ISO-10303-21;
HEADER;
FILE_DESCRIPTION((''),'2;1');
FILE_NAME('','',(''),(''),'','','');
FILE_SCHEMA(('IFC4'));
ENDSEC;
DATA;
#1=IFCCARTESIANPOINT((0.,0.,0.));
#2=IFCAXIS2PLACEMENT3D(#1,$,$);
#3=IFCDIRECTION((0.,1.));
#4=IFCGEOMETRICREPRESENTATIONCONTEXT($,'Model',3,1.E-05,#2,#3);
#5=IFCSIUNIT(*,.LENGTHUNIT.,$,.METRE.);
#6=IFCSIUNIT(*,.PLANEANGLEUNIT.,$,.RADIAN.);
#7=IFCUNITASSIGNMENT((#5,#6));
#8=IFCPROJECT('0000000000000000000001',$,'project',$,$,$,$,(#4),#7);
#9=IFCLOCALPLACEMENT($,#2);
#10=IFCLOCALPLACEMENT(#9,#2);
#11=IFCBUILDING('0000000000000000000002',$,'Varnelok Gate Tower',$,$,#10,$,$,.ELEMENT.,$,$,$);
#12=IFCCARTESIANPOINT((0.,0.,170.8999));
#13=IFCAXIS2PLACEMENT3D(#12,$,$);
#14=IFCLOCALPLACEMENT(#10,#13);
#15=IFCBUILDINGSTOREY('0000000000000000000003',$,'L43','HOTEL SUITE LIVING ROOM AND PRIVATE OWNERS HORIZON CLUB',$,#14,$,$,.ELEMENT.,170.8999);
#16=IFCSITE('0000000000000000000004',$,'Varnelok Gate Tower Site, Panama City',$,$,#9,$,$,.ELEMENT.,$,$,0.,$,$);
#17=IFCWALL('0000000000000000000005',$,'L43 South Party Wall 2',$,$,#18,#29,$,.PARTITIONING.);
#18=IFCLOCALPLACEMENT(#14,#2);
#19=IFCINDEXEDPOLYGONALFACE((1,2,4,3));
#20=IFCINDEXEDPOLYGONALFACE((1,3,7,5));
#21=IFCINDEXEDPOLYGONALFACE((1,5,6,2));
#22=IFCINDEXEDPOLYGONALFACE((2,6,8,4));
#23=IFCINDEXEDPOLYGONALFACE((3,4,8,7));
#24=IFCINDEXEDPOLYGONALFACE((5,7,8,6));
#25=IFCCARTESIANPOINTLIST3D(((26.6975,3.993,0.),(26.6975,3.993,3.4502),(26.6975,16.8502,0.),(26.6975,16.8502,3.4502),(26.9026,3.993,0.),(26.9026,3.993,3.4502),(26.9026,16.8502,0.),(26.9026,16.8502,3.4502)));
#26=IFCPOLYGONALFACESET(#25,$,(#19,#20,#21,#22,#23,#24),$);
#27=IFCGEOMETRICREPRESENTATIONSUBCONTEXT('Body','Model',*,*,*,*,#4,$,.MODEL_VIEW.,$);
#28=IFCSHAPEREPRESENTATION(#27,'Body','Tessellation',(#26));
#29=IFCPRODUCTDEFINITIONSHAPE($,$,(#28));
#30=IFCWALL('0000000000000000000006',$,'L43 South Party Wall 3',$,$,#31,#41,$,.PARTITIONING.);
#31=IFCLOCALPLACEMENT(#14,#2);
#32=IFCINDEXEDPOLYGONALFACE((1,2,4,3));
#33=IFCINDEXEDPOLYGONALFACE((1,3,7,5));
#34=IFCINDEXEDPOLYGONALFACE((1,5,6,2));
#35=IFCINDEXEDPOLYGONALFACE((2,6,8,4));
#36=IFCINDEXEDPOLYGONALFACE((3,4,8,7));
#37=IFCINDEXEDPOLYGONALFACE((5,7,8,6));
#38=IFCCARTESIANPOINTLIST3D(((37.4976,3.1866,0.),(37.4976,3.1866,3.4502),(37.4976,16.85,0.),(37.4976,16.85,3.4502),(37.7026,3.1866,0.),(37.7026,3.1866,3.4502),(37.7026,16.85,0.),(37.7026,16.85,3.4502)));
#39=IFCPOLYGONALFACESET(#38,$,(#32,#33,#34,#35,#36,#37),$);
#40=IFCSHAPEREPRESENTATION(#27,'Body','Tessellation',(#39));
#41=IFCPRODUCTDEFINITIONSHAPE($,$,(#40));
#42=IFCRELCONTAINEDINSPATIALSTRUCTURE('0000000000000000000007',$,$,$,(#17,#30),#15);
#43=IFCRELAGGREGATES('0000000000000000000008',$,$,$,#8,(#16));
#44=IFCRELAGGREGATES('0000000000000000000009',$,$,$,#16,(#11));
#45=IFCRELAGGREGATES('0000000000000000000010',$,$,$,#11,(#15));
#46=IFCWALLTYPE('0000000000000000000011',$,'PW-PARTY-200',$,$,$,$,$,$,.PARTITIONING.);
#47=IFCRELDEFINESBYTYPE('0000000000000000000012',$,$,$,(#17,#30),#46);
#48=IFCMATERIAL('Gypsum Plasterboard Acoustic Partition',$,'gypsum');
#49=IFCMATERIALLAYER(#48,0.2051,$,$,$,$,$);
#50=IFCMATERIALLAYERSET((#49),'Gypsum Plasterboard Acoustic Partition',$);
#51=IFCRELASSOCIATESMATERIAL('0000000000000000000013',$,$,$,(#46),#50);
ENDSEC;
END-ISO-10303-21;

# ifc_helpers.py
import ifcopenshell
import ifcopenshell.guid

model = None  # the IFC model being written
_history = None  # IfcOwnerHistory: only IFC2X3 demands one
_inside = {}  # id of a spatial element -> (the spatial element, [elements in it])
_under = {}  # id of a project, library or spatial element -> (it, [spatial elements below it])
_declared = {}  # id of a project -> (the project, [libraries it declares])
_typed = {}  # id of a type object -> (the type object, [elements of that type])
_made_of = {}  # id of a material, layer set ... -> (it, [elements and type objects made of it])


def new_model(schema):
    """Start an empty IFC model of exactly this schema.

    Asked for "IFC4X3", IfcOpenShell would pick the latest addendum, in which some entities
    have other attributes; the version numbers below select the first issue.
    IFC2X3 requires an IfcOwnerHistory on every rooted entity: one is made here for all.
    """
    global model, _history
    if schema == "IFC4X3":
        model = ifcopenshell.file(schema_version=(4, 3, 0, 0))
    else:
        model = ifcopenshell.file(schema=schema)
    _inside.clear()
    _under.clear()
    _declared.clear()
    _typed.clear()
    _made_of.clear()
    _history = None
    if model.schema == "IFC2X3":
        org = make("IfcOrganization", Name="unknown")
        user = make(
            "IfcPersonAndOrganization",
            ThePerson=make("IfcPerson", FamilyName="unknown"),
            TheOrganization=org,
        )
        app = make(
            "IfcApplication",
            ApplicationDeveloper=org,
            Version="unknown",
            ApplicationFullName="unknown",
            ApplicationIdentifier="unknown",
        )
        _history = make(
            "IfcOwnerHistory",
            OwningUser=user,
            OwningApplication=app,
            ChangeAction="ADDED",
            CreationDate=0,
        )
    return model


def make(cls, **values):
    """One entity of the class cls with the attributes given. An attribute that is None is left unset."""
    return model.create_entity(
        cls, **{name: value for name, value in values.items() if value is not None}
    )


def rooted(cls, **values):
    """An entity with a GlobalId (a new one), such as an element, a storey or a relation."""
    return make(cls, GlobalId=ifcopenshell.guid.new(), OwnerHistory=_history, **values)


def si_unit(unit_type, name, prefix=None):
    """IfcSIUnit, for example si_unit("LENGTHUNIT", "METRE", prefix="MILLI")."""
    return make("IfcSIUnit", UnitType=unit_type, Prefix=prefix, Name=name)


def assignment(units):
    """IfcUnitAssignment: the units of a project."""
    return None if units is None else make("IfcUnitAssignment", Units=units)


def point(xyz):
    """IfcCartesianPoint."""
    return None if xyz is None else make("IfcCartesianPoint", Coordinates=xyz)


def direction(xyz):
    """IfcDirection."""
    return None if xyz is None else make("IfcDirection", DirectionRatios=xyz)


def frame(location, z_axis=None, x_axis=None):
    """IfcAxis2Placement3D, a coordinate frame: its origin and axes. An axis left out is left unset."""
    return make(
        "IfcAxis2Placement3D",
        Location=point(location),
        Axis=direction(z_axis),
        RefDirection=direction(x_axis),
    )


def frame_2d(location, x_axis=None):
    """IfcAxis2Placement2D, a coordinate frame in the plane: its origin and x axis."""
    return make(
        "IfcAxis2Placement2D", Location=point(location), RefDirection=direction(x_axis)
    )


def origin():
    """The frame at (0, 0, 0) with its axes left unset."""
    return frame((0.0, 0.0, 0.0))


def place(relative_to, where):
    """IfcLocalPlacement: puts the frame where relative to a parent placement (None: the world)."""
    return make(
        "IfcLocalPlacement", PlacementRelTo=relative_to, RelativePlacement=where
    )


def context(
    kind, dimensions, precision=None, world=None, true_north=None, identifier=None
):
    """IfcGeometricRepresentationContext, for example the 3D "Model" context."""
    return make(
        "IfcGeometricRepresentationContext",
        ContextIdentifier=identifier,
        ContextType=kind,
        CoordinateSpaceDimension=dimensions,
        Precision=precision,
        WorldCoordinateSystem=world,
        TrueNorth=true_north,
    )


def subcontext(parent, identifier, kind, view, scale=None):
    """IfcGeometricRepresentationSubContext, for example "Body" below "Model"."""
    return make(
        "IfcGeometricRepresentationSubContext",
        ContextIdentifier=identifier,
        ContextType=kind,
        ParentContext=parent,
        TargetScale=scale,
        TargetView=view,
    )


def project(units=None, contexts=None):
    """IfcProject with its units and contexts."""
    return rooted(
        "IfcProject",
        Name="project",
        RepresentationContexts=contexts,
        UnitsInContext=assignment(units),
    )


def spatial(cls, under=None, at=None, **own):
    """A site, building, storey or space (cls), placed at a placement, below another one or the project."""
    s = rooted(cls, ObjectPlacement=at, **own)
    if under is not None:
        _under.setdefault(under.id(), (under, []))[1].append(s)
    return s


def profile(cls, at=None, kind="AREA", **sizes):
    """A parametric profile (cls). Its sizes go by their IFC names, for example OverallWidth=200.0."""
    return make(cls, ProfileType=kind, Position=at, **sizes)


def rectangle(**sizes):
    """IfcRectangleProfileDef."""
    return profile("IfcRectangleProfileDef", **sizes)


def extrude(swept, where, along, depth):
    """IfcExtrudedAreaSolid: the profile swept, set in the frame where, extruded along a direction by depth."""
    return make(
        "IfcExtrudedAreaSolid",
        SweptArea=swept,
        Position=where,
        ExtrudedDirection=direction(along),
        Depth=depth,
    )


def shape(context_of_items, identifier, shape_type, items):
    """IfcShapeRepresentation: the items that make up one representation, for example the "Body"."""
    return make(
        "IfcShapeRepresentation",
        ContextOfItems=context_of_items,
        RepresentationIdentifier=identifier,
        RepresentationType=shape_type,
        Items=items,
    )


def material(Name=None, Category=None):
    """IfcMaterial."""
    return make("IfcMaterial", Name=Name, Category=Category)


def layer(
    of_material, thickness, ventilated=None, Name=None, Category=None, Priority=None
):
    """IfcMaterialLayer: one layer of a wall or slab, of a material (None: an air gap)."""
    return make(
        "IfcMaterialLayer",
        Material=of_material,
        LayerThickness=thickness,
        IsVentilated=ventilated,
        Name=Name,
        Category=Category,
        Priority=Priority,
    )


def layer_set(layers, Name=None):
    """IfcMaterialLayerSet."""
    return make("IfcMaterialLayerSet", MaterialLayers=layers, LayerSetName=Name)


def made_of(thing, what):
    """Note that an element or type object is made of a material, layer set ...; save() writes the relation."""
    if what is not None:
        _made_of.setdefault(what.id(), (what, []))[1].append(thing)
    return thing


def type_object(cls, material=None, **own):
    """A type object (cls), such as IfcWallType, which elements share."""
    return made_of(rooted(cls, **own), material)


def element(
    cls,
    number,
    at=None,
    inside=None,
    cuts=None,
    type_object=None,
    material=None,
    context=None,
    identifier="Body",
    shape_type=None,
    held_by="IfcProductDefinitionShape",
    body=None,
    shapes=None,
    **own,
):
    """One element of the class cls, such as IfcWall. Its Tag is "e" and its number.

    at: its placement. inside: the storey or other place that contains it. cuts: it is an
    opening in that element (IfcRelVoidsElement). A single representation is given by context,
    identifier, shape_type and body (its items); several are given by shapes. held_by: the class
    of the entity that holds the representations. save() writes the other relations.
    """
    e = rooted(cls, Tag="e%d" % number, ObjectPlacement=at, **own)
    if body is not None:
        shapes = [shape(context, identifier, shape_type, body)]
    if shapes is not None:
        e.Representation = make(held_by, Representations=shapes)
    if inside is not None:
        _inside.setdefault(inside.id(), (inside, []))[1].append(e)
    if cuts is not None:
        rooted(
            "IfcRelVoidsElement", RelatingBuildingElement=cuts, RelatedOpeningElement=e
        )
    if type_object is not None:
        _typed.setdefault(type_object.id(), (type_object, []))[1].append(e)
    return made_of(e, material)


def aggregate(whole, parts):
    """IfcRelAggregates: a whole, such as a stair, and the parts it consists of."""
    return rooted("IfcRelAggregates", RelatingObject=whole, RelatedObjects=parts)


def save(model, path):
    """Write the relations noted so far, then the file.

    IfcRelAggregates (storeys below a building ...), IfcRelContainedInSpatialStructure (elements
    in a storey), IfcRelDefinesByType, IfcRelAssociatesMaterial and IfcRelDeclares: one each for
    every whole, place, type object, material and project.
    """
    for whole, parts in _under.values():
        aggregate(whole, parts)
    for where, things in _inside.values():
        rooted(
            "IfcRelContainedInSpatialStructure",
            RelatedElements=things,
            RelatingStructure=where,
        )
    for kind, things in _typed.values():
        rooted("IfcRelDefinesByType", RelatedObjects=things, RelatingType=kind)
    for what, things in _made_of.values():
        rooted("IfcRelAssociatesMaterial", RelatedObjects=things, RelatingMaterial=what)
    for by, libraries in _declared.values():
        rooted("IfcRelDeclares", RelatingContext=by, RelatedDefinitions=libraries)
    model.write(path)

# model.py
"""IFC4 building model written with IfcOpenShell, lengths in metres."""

from ifc_helpers import new_model, si_unit, direction, frame, frame_2d, origin, place, context, subcontext, project, spatial, rectangle, extrude, material, layer, layer_set, type_object, element, save


model = new_model("IFC4")

# Units and contexts
model_context = context("Model", 3, precision=1e-05, world=origin(), true_north=direction((0.0, 1.0)))
body_context = subcontext(model_context, "Body", "Model", "MODEL_VIEW")
ifc_project = project(units=[si_unit("LENGTHUNIT", "METRE"), si_unit("PLANEANGLEUNIT", "RADIAN")], contexts=[model_context])

# Site, building, storey
site_placement = place(None, origin())
site = spatial("IfcSite", under=ifc_project, at=site_placement, Name="Varnelok Gate Tower Site, Panama City", CompositionType="ELEMENT", RefElevation=0.0)
building_placement = place(site_placement, origin())
building = spatial("IfcBuilding", under=site, at=building_placement, Name="Varnelok Gate Tower", CompositionType="ELEMENT")
storey_placement = place(building_placement, frame((0.0, 0.0, 170.8999)))
storey = spatial("IfcBuildingStorey", under=building, at=storey_placement, Name="L43", Description="HOTEL SUITE LIVING ROOM AND PRIVATE OWNERS HORIZON CLUB", CompositionType="ELEMENT", Elevation=170.8999)

# Shared definitions
ifc_material_1 = material(Name="Gypsum Plasterboard Acoustic Partition", Category="gypsum")

# Walls
ifc_layer_1 = layer(ifc_material_1, 0.2051)
ifc_layer_set_1 = layer_set([ifc_layer_1], Name="Gypsum Plasterboard Acoustic Partition")
wall_type_1 = type_object("IfcWallType", Name="PW-PARTY-200", PredefinedType="PARTITIONING", material=ifc_layer_set_1)
wall_1_placement = place(storey_placement, frame((26.8, 3.9929, 0.0), z_axis=(0.0, 0.0, 1.0), x_axis=(0.0, 1.0, 0.0)))
element("IfcWall", 1, at=wall_1_placement, inside=storey, type_object=wall_type_1, Name="L43 South Party Wall 2", PredefinedType="PARTITIONING", context=body_context, shape_type="SweptSolid", body=[
    extrude(rectangle(XDim=12.8572, YDim=0.2051, at=frame_2d((6.4287, 0.0))), origin(), (0.0, 0.0, 1.0), 3.4502),
])
wall_2_placement = place(storey_placement, frame((37.6001, 3.1868, 0.0), z_axis=(0.0, 0.0, 1.0), x_axis=(0.0, 1.0, 0.0)))
element("IfcWall", 2, at=wall_2_placement, inside=storey, type_object=wall_type_1, Name="L43 South Party Wall 3", PredefinedType="PARTITIONING", context=body_context, shape_type="SweptSolid", body=[
    extrude(rectangle(XDim=13.6633, YDim=0.2051, at=frame_2d((6.8315, 0.0))), origin(), (0.0, 0.0, 1.0), 3.4502),
])

save(model, "model.ifc")
